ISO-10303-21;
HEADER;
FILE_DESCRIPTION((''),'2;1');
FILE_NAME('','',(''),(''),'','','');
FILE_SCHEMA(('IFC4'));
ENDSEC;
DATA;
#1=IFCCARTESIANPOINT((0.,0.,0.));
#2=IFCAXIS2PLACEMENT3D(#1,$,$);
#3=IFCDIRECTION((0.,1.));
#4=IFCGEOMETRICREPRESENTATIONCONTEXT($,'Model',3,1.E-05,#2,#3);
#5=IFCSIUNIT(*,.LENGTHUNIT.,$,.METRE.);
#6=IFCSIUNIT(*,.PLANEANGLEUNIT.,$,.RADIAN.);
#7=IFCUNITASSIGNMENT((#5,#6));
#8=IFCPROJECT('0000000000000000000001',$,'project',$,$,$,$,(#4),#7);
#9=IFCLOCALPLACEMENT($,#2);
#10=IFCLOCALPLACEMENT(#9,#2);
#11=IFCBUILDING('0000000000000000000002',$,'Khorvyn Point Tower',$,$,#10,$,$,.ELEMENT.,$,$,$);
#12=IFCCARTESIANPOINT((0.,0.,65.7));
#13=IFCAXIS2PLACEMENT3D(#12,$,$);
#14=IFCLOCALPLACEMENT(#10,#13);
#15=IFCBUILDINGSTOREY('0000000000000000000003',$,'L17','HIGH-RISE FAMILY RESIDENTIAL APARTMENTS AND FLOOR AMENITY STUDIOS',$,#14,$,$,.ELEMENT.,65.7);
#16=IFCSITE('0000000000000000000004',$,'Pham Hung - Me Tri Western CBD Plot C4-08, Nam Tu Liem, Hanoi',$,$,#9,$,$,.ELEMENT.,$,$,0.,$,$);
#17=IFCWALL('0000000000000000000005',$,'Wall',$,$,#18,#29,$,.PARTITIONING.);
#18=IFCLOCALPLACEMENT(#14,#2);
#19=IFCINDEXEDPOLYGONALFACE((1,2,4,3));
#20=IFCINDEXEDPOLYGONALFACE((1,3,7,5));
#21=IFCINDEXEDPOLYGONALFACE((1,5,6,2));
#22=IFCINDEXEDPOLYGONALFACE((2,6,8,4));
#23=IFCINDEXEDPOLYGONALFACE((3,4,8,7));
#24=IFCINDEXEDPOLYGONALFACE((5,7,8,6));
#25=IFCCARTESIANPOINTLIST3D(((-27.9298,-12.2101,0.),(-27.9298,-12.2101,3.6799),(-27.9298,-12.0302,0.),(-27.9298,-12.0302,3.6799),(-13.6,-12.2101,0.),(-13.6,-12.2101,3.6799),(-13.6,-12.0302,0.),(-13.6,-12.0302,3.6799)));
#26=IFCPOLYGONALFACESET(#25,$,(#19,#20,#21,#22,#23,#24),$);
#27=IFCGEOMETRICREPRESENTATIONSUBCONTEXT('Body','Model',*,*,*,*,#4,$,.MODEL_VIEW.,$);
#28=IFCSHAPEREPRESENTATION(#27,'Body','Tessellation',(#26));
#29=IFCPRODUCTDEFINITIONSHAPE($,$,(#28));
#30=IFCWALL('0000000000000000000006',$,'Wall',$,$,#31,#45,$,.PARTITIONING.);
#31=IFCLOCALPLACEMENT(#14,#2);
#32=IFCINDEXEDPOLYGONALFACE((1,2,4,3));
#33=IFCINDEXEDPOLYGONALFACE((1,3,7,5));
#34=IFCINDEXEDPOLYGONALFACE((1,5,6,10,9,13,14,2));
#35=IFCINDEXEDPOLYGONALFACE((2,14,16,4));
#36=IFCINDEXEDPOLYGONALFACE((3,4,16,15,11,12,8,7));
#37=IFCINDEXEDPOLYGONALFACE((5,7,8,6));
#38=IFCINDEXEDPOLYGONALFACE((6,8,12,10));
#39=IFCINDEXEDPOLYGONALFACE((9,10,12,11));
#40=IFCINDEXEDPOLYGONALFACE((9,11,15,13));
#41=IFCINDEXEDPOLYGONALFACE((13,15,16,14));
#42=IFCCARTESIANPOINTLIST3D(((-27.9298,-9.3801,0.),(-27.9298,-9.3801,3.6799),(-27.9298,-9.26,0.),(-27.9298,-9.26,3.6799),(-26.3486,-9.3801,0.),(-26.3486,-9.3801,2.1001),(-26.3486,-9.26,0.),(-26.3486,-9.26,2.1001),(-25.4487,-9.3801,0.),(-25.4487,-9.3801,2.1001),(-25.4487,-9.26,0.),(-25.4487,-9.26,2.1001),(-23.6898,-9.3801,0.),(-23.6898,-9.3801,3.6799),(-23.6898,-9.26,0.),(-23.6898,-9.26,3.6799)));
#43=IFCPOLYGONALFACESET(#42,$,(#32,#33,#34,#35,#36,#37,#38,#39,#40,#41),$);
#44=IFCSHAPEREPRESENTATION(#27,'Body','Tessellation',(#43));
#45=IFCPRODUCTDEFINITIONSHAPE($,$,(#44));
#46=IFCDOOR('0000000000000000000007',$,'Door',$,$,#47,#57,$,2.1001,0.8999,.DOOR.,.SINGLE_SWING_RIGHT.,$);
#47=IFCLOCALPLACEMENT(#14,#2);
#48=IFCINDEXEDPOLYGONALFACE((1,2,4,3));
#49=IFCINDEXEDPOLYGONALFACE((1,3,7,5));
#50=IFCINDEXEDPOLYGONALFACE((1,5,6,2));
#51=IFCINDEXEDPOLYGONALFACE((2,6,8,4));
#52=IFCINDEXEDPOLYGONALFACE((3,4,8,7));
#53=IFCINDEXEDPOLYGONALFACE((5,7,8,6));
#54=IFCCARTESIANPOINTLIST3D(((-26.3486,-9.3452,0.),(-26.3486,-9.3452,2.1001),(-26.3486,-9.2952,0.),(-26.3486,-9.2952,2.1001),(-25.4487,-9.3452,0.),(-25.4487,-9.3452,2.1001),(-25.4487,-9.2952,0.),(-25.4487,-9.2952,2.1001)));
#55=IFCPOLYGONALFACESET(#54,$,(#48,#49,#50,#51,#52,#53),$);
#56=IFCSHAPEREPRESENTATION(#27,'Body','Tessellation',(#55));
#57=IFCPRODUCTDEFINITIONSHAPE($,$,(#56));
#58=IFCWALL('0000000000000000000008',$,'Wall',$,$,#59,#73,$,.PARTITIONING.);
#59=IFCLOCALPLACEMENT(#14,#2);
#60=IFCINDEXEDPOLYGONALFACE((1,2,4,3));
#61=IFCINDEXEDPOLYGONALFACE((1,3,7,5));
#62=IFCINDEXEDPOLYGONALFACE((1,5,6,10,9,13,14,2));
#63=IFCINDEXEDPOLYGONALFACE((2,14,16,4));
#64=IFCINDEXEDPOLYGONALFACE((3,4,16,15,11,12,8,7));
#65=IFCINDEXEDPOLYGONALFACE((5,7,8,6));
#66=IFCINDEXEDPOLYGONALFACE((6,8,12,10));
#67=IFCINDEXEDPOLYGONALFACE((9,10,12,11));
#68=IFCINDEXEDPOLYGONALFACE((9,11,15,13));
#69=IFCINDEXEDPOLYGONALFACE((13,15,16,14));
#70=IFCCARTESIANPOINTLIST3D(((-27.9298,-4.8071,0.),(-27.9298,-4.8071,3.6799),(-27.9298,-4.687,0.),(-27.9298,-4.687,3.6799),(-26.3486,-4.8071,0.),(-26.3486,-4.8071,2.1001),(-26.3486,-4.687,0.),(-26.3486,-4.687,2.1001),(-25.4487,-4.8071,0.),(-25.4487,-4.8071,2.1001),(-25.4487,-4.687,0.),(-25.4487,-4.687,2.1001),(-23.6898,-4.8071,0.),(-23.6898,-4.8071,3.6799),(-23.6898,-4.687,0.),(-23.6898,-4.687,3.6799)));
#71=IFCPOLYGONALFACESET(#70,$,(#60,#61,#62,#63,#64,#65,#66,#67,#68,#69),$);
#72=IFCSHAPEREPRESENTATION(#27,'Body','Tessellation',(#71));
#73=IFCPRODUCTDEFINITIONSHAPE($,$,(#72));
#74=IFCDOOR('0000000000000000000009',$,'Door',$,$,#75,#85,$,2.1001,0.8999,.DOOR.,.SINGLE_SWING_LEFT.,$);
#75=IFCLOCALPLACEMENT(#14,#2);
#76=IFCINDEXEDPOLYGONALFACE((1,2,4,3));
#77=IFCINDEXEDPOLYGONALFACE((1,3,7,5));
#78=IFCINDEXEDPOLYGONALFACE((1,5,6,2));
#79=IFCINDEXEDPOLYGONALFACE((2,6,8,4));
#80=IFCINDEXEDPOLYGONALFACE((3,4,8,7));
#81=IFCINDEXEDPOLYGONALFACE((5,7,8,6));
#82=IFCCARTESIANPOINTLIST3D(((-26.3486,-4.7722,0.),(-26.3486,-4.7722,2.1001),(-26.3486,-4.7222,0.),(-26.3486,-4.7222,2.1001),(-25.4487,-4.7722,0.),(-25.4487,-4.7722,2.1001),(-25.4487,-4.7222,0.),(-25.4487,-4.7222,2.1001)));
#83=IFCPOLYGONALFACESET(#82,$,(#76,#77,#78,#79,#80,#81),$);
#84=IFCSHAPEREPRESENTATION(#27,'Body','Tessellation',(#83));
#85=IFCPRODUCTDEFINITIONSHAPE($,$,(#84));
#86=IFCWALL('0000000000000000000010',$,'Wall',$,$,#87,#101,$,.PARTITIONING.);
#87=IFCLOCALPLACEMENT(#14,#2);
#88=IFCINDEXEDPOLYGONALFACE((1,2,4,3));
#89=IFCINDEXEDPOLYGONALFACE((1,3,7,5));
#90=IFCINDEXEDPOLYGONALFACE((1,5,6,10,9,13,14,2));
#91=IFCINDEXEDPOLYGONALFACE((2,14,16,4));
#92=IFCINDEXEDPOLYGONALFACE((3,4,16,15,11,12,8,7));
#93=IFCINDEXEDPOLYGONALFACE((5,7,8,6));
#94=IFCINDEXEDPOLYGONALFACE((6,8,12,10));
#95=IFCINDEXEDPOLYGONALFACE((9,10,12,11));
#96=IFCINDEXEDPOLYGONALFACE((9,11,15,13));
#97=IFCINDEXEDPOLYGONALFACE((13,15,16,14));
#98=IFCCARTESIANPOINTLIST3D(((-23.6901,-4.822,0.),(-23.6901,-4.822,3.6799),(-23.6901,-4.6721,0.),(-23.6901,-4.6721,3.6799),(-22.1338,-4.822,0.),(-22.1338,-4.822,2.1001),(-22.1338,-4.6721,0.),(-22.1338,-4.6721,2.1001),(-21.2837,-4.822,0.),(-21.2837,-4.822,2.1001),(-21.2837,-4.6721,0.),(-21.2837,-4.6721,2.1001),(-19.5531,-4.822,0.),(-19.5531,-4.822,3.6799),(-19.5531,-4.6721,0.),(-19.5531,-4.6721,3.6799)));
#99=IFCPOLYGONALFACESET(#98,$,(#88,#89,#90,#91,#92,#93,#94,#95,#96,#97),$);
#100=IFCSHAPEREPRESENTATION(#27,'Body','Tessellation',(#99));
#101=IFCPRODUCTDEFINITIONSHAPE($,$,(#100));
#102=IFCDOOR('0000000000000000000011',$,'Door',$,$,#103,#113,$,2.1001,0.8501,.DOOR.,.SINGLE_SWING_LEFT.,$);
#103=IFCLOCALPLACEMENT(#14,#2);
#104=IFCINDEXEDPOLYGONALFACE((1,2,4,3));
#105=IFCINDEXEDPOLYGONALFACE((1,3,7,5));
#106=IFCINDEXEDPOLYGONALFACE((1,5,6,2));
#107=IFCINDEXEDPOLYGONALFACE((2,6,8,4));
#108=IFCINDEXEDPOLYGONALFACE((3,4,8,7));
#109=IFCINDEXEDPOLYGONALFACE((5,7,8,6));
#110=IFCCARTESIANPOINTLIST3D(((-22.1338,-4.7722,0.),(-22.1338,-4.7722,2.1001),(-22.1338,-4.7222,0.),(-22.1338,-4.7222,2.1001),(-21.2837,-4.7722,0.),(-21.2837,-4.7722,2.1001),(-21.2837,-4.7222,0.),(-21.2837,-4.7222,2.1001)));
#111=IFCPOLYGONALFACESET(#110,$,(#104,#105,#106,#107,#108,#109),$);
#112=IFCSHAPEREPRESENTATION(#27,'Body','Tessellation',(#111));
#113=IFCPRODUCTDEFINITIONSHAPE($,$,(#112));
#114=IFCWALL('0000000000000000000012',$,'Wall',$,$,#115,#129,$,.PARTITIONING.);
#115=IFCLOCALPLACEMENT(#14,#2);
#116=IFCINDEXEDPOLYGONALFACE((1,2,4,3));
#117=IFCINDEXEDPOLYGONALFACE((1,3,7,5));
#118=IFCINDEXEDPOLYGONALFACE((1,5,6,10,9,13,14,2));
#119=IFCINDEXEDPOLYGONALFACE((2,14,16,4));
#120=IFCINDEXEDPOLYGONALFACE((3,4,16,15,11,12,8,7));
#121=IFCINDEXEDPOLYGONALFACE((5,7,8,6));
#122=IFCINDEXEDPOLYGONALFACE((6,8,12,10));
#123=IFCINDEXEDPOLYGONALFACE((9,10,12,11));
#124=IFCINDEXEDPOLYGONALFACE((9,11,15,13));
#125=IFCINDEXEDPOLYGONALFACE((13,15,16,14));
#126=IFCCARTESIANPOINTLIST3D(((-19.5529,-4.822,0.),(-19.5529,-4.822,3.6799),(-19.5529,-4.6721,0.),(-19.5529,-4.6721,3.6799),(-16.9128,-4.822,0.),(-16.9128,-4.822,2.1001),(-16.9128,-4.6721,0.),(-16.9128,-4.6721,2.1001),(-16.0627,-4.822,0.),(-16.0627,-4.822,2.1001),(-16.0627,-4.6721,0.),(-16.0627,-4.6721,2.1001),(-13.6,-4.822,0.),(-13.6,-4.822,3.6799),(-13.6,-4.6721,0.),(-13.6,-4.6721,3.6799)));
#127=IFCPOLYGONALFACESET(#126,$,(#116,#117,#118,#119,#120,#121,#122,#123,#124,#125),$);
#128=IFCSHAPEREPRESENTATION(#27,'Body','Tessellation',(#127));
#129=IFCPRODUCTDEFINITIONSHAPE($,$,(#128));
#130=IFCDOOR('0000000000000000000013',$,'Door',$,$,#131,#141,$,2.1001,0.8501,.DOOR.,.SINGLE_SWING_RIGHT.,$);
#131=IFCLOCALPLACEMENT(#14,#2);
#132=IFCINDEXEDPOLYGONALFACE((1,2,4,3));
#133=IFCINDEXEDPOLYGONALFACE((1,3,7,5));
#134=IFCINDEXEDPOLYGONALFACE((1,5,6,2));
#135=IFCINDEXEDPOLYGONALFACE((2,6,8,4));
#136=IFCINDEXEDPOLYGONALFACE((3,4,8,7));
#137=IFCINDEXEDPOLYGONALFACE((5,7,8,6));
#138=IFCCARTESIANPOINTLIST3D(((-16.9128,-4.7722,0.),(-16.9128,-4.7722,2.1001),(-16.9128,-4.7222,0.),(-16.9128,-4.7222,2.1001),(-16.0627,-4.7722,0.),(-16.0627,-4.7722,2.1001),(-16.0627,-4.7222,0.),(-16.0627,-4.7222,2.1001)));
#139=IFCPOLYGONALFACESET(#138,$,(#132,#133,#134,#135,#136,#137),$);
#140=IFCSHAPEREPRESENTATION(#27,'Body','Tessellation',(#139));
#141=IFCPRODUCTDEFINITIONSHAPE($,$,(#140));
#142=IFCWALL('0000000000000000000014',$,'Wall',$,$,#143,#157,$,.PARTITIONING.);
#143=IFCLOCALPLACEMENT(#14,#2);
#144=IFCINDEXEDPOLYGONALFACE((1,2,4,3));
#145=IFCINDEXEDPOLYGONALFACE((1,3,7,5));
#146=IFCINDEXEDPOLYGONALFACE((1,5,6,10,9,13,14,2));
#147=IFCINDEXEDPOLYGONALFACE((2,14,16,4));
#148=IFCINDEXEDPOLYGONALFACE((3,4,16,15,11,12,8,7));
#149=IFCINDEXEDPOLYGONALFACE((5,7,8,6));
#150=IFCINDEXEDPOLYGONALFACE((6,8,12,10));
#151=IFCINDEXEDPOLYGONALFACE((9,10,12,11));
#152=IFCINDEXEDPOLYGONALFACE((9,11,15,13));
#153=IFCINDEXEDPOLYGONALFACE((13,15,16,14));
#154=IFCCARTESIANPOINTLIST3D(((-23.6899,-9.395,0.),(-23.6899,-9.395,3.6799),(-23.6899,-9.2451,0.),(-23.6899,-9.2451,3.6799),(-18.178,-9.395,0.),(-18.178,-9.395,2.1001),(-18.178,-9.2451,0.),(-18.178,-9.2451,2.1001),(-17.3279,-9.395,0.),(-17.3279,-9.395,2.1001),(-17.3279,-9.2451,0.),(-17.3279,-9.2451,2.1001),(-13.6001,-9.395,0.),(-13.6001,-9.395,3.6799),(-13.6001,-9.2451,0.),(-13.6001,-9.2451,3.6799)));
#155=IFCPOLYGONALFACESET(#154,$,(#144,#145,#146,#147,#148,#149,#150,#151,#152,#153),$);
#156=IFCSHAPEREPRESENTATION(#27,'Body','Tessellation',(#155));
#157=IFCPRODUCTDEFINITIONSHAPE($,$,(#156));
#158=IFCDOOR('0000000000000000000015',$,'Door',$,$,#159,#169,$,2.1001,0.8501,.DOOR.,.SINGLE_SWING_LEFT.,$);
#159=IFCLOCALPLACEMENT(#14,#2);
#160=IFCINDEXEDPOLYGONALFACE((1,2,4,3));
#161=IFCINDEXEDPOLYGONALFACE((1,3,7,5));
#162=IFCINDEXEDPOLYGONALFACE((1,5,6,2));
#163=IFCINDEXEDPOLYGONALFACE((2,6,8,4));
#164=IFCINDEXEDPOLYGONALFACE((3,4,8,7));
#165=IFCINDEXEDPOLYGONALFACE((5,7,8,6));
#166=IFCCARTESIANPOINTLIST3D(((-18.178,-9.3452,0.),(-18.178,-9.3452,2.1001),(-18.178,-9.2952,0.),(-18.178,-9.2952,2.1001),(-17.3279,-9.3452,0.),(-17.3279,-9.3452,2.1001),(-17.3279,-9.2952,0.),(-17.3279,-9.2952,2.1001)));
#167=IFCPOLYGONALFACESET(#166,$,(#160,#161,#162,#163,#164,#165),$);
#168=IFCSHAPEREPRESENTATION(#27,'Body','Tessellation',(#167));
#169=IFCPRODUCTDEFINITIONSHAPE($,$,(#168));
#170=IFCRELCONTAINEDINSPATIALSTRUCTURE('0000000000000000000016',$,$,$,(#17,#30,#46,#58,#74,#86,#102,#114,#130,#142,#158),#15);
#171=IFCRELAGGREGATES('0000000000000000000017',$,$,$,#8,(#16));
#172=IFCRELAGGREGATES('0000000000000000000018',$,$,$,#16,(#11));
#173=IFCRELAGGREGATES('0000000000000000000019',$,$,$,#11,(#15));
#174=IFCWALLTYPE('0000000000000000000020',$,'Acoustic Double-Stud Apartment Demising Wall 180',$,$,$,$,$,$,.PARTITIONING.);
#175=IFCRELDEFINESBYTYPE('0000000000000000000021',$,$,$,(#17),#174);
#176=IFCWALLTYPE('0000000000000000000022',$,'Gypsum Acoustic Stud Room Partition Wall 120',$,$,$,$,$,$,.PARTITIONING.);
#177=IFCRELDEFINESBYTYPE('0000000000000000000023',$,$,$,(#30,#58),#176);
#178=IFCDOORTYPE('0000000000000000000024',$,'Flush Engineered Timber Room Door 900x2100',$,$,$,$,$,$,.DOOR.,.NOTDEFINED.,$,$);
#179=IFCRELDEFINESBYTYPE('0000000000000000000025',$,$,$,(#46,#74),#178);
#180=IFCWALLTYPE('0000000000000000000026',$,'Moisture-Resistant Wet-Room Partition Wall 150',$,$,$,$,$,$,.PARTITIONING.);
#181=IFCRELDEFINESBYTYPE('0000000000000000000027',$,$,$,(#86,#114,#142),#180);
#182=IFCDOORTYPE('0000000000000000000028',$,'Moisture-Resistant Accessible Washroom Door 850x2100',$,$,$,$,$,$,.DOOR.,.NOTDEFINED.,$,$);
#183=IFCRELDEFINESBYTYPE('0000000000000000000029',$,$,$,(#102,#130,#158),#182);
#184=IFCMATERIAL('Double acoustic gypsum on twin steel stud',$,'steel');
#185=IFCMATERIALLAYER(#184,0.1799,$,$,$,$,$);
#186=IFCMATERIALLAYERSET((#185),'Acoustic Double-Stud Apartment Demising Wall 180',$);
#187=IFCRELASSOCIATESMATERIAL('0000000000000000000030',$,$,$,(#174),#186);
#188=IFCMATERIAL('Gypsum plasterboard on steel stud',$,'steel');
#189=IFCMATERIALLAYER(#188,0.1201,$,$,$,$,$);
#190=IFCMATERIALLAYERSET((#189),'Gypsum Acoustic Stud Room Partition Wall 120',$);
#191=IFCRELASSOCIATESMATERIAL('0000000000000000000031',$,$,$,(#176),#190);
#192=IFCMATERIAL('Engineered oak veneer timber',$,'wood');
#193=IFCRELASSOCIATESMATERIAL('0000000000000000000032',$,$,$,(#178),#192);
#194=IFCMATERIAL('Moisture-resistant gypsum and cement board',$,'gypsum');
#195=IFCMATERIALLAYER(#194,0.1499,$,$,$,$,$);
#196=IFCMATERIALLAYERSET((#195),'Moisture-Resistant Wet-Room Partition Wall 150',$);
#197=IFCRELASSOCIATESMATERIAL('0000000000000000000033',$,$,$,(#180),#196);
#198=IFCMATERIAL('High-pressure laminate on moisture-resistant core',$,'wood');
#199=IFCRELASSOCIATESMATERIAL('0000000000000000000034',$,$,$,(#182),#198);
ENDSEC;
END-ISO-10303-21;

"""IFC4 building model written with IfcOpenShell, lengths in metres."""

from ifc_helpers import new_model, si_unit, direction, frame, frame_2d, origin, place, context, subcontext, project, spatial, rectangle, extrude, material, layer, layer_set, type_object, element, fill, save


model = new_model("IFC4")

# Units and contexts
model_context = context("Model", 3, precision=1e-05, world=origin(), true_north=direction((0.0, 1.0)))
body_context = subcontext(model_context, "Body", "Model", "MODEL_VIEW")
ifc_project = project(units=[si_unit("LENGTHUNIT", "METRE"), si_unit("PLANEANGLEUNIT", "RADIAN")], contexts=[model_context])

# Site, building, storey
site_placement = place(None, origin())
site = spatial("IfcSite", under=ifc_project, at=site_placement, Name="Pham Hung - Me Tri Western CBD Plot C4-08, Nam Tu Liem, Hanoi", CompositionType="ELEMENT", RefElevation=0.0)
building_placement = place(site_placement, origin())
building = spatial("IfcBuilding", under=site, at=building_placement, Name="Khorvyn Point Tower", CompositionType="ELEMENT")
storey_placement = place(building_placement, frame((0.0, 0.0, 65.7)))
storey = spatial("IfcBuildingStorey", under=building, at=storey_placement, Name="L17", Description="HIGH-RISE FAMILY RESIDENTIAL APARTMENTS AND FLOOR AMENITY STUDIOS", CompositionType="ELEMENT", Elevation=65.7)

# Shared definitions
ifc_material_1 = material(Name="Double acoustic gypsum on twin steel stud", Category="steel")
ifc_layer_1 = layer(ifc_material_1, 0.1799)
ifc_layer_set_1 = layer_set([ifc_layer_1], Name="Acoustic Double-Stud Apartment Demising Wall 180")
wall_type_1 = type_object("IfcWallType", Name="Acoustic Double-Stud Apartment Demising Wall 180", PredefinedType="PARTITIONING", material=ifc_layer_set_1)

# Wall
wall_1_placement = place(storey_placement, frame((-27.9299, -12.1201, 0.0), z_axis=(0.0, 0.0, 1.0), x_axis=(1.0, 0.0, 0.0)))
element("IfcWall", 1, at=wall_1_placement, inside=storey, type_object=wall_type_1, Name="Wall", PredefinedType="PARTITIONING", context=body_context, shape_type="SweptSolid", body=[
    extrude(rectangle(XDim=14.3298, YDim=0.1799, at=frame_2d((7.165, 0.0))), origin(), (0.0, 0.0, 1.0), 3.6799),
])

# Walls, openings, doors
ifc_material_2 = material(Name="Gypsum plasterboard on steel stud", Category="steel")
ifc_layer_2 = layer(ifc_material_2, 0.1201)
ifc_layer_set_2 = layer_set([ifc_layer_2], Name="Gypsum Acoustic Stud Room Partition Wall 120")
wall_type_2 = type_object("IfcWallType", Name="Gypsum Acoustic Stud Room Partition Wall 120", PredefinedType="PARTITIONING", material=ifc_layer_set_2)
wall_2_placement = place(storey_placement, frame((-27.9299, -9.3201, 0.0), z_axis=(0.0, 0.0, 1.0), x_axis=(1.0, 0.0, 0.0)))
wall_2 = element("IfcWall", 2, at=wall_2_placement, inside=storey, type_object=wall_type_2, Name="Wall", PredefinedType="PARTITIONING", context=body_context, shape_type="SweptSolid", body=[
    extrude(rectangle(XDim=4.24, YDim=0.1201, at=frame_2d((2.1201, 0.0))), origin(), (0.0, 0.0, 1.0), 3.6799),
])
opening_1_placement = place(wall_2_placement, frame((1.5813, 0.0, 0.0)))
opening_1 = element("IfcOpeningElement", 3, at=opening_1_placement, cuts=wall_2, PredefinedType="OPENING", context=body_context, shape_type="SweptSolid", body=[
    extrude(rectangle(XDim=0.8999, YDim=2.1001, at=frame_2d((0.45, 1.05))), frame((0.0, 0.0701, 0.0), z_axis=(0.0, -1.0, 0.0), x_axis=(1.0, 0.0, 0.0)), (0.0, 0.0, 1.0), 0.1401),
])
ifc_material_3 = material(Name="Engineered oak veneer timber", Category="wood")
door_type_1 = type_object("IfcDoorType", Name="Flush Engineered Timber Room Door 900x2100", OperationType="NOTDEFINED", PredefinedType="DOOR", material=ifc_material_3)
door_1_placement = place(opening_1_placement, origin())
door_1 = element("IfcDoor", 4, at=door_1_placement, inside=storey, type_object=door_type_1, Name="Door", OperationType="SINGLE_SWING_RIGHT", OverallHeight=2.1001, OverallWidth=0.8999, PredefinedType="DOOR", context=body_context, shape_type="SweptSolid", body=[
    extrude(rectangle(XDim=0.8999, YDim=2.1001, at=frame_2d((0.45, 1.05))), frame((0.0, 0.0249, 0.0), z_axis=(0.0, -1.0, 0.0), x_axis=(1.0, 0.0, 0.0)), (0.0, 0.0, 1.0), 0.05),
])
fill(opening_1, door_1)
wall_3_placement = place(storey_placement, frame((-27.9299, -4.7471, 0.0), z_axis=(0.0, 0.0, 1.0), x_axis=(1.0, 0.0, 0.0)))
wall_3 = element("IfcWall", 5, at=wall_3_placement, inside=storey, type_object=wall_type_2, Name="Wall", PredefinedType="PARTITIONING", context=body_context, shape_type="SweptSolid", body=[
    extrude(rectangle(XDim=4.24, YDim=0.1201, at=frame_2d((2.1201, 0.0))), origin(), (0.0, 0.0, 1.0), 3.6799),
])
opening_2_placement = place(wall_3_placement, frame((1.5813, 0.0, 0.0)))
opening_2 = element("IfcOpeningElement", 6, at=opening_2_placement, cuts=wall_3, PredefinedType="OPENING", context=body_context, shape_type="SweptSolid", body=[
    extrude(rectangle(XDim=0.8999, YDim=2.1001, at=frame_2d((0.45, 1.05))), frame((0.0, 0.0701, 0.0), z_axis=(0.0, -1.0, 0.0), x_axis=(1.0, 0.0, 0.0)), (0.0, 0.0, 1.0), 0.1401),
])
door_2_placement = place(opening_2_placement, origin())
door_2 = element("IfcDoor", 7, at=door_2_placement, inside=storey, type_object=door_type_1, Name="Door", OperationType="SINGLE_SWING_LEFT", OverallHeight=2.1001, OverallWidth=0.8999, PredefinedType="DOOR", context=body_context, shape_type="SweptSolid", body=[
    extrude(rectangle(XDim=0.8999, YDim=2.1001, at=frame_2d((0.45, 1.05))), frame((0.0, 0.0249, 0.0), z_axis=(0.0, -1.0, 0.0), x_axis=(1.0, 0.0, 0.0)), (0.0, 0.0, 1.0), 0.05),
])
fill(opening_2, door_2)
ifc_material_4 = material(Name="Moisture-resistant gypsum and cement board", Category="gypsum")
ifc_layer_3 = layer(ifc_material_4, 0.1499)
ifc_layer_set_3 = layer_set([ifc_layer_3], Name="Moisture-Resistant Wet-Room Partition Wall 150")
wall_type_3 = type_object("IfcWallType", Name="Moisture-Resistant Wet-Room Partition Wall 150", PredefinedType="PARTITIONING", material=ifc_layer_set_3)
wall_4_placement = place(storey_placement, frame((-23.6899, -4.7471, 0.0), z_axis=(0.0, 0.0, 1.0), x_axis=(1.0, 0.0, 0.0)))
wall_4 = element("IfcWall", 8, at=wall_4_placement, inside=storey, type_object=wall_type_3, Name="Wall", PredefinedType="PARTITIONING", context=body_context, shape_type="SweptSolid", body=[
    extrude(rectangle(XDim=4.137, YDim=0.1499, at=frame_2d((2.0684, 0.0))), origin(), (0.0, 0.0, 1.0), 3.6799),
])
opening_3_placement = place(wall_4_placement, frame((1.5562, 0.0, 0.0)))
opening_3 = element("IfcOpeningElement", 9, at=opening_3_placement, cuts=wall_4, PredefinedType="OPENING", context=body_context, shape_type="SweptSolid", body=[
    extrude(rectangle(XDim=0.8501, YDim=2.1001, at=frame_2d((0.425, 1.05))), frame((0.0, 0.085, 0.0), z_axis=(0.0, -1.0, 0.0), x_axis=(1.0, 0.0, 0.0)), (0.0, 0.0, 1.0), 0.1699),
])
ifc_material_5 = material(Name="High-pressure laminate on moisture-resistant core", Category="wood")
door_type_2 = type_object("IfcDoorType", Name="Moisture-Resistant Accessible Washroom Door 850x2100", OperationType="NOTDEFINED", PredefinedType="DOOR", material=ifc_material_5)
door_3_placement = place(opening_3_placement, origin())
door_3 = element("IfcDoor", 10, at=door_3_placement, inside=storey, type_object=door_type_2, Name="Door", OperationType="SINGLE_SWING_LEFT", OverallHeight=2.1001, OverallWidth=0.8501, PredefinedType="DOOR", context=body_context, shape_type="SweptSolid", body=[
    extrude(rectangle(XDim=0.8501, YDim=2.1001, at=frame_2d((0.425, 1.05))), frame((0.0, 0.0249, 0.0), z_axis=(0.0, -1.0, 0.0), x_axis=(1.0, 0.0, 0.0)), (0.0, 0.0, 1.0), 0.05),
])
fill(opening_3, door_3)
wall_5_placement = place(storey_placement, frame((-19.553, -4.7471, 0.0), z_axis=(0.0, 0.0, 1.0), x_axis=(1.0, 0.0, 0.0)))
wall_5 = element("IfcWall", 11, at=wall_5_placement, inside=storey, type_object=wall_type_3, Name="Wall", PredefinedType="PARTITIONING", context=body_context, shape_type="SweptSolid", body=[
    extrude(rectangle(XDim=5.9529, YDim=0.1499, at=frame_2d((2.9766, 0.0))), origin(), (0.0, 0.0, 1.0), 3.6799),
])
opening_4_placement = place(wall_5_placement, frame((2.6401, 0.0, 0.0)))
opening_4 = element("IfcOpeningElement", 12, at=opening_4_placement, cuts=wall_5, PredefinedType="OPENING", context=body_context, shape_type="SweptSolid", body=[
    extrude(rectangle(XDim=0.8501, YDim=2.1001, at=frame_2d((0.425, 1.05))), frame((0.0, 0.085, 0.0), z_axis=(0.0, -1.0, 0.0), x_axis=(1.0, 0.0, 0.0)), (0.0, 0.0, 1.0), 0.1699),
])
door_4_placement = place(opening_4_placement, origin())
door_4 = element("IfcDoor", 13, at=door_4_placement, inside=storey, type_object=door_type_2, Name="Door", OperationType="SINGLE_SWING_RIGHT", OverallHeight=2.1001, OverallWidth=0.8501, PredefinedType="DOOR", context=body_context, shape_type="SweptSolid", body=[
    extrude(rectangle(XDim=0.8501, YDim=2.1001, at=frame_2d((0.425, 1.05))), frame((0.0, 0.0249, 0.0), z_axis=(0.0, -1.0, 0.0), x_axis=(1.0, 0.0, 0.0)), (0.0, 0.0, 1.0), 0.05),
])
fill(opening_4, door_4)
wall_6_placement = place(storey_placement, frame((-23.6899, -9.3201, 0.0), z_axis=(0.0, 0.0, 1.0), x_axis=(1.0, 0.0, 0.0)))
wall_6 = element("IfcWall", 14, at=wall_6_placement, inside=storey, type_object=wall_type_3, Name="Wall", PredefinedType="PARTITIONING", context=body_context, shape_type="SweptSolid", body=[
    extrude(rectangle(XDim=10.0898, YDim=0.1499, at=frame_2d((5.0449, 0.0))), origin(), (0.0, 0.0, 1.0), 3.6799),
])
opening_5_placement = place(wall_6_placement, frame((5.512, 0.0, 0.0)))
opening_5 = element("IfcOpeningElement", 15, at=opening_5_placement, cuts=wall_6, PredefinedType="OPENING", context=body_context, shape_type="SweptSolid", body=[
    extrude(rectangle(XDim=0.8501, YDim=2.1001, at=frame_2d((0.425, 1.05))), frame((0.0, 0.085, 0.0), z_axis=(0.0, -1.0, 0.0), x_axis=(1.0, 0.0, 0.0)), (0.0, 0.0, 1.0), 0.1699),
])
door_5_placement = place(opening_5_placement, origin())
door_5 = element("IfcDoor", 16, at=door_5_placement, inside=storey, type_object=door_type_2, Name="Door", OperationType="SINGLE_SWING_LEFT", OverallHeight=2.1001, OverallWidth=0.8501, PredefinedType="DOOR", context=body_context, shape_type="SweptSolid", body=[
    extrude(rectangle(XDim=0.8501, YDim=2.1001, at=frame_2d((0.425, 1.05))), frame((0.0, 0.0249, 0.0), z_axis=(0.0, -1.0, 0.0), x_axis=(1.0, 0.0, 0.0)), (0.0, 0.0, 1.0), 0.05),
])
fill(opening_5, door_5)

save(model, "model.ifc")
